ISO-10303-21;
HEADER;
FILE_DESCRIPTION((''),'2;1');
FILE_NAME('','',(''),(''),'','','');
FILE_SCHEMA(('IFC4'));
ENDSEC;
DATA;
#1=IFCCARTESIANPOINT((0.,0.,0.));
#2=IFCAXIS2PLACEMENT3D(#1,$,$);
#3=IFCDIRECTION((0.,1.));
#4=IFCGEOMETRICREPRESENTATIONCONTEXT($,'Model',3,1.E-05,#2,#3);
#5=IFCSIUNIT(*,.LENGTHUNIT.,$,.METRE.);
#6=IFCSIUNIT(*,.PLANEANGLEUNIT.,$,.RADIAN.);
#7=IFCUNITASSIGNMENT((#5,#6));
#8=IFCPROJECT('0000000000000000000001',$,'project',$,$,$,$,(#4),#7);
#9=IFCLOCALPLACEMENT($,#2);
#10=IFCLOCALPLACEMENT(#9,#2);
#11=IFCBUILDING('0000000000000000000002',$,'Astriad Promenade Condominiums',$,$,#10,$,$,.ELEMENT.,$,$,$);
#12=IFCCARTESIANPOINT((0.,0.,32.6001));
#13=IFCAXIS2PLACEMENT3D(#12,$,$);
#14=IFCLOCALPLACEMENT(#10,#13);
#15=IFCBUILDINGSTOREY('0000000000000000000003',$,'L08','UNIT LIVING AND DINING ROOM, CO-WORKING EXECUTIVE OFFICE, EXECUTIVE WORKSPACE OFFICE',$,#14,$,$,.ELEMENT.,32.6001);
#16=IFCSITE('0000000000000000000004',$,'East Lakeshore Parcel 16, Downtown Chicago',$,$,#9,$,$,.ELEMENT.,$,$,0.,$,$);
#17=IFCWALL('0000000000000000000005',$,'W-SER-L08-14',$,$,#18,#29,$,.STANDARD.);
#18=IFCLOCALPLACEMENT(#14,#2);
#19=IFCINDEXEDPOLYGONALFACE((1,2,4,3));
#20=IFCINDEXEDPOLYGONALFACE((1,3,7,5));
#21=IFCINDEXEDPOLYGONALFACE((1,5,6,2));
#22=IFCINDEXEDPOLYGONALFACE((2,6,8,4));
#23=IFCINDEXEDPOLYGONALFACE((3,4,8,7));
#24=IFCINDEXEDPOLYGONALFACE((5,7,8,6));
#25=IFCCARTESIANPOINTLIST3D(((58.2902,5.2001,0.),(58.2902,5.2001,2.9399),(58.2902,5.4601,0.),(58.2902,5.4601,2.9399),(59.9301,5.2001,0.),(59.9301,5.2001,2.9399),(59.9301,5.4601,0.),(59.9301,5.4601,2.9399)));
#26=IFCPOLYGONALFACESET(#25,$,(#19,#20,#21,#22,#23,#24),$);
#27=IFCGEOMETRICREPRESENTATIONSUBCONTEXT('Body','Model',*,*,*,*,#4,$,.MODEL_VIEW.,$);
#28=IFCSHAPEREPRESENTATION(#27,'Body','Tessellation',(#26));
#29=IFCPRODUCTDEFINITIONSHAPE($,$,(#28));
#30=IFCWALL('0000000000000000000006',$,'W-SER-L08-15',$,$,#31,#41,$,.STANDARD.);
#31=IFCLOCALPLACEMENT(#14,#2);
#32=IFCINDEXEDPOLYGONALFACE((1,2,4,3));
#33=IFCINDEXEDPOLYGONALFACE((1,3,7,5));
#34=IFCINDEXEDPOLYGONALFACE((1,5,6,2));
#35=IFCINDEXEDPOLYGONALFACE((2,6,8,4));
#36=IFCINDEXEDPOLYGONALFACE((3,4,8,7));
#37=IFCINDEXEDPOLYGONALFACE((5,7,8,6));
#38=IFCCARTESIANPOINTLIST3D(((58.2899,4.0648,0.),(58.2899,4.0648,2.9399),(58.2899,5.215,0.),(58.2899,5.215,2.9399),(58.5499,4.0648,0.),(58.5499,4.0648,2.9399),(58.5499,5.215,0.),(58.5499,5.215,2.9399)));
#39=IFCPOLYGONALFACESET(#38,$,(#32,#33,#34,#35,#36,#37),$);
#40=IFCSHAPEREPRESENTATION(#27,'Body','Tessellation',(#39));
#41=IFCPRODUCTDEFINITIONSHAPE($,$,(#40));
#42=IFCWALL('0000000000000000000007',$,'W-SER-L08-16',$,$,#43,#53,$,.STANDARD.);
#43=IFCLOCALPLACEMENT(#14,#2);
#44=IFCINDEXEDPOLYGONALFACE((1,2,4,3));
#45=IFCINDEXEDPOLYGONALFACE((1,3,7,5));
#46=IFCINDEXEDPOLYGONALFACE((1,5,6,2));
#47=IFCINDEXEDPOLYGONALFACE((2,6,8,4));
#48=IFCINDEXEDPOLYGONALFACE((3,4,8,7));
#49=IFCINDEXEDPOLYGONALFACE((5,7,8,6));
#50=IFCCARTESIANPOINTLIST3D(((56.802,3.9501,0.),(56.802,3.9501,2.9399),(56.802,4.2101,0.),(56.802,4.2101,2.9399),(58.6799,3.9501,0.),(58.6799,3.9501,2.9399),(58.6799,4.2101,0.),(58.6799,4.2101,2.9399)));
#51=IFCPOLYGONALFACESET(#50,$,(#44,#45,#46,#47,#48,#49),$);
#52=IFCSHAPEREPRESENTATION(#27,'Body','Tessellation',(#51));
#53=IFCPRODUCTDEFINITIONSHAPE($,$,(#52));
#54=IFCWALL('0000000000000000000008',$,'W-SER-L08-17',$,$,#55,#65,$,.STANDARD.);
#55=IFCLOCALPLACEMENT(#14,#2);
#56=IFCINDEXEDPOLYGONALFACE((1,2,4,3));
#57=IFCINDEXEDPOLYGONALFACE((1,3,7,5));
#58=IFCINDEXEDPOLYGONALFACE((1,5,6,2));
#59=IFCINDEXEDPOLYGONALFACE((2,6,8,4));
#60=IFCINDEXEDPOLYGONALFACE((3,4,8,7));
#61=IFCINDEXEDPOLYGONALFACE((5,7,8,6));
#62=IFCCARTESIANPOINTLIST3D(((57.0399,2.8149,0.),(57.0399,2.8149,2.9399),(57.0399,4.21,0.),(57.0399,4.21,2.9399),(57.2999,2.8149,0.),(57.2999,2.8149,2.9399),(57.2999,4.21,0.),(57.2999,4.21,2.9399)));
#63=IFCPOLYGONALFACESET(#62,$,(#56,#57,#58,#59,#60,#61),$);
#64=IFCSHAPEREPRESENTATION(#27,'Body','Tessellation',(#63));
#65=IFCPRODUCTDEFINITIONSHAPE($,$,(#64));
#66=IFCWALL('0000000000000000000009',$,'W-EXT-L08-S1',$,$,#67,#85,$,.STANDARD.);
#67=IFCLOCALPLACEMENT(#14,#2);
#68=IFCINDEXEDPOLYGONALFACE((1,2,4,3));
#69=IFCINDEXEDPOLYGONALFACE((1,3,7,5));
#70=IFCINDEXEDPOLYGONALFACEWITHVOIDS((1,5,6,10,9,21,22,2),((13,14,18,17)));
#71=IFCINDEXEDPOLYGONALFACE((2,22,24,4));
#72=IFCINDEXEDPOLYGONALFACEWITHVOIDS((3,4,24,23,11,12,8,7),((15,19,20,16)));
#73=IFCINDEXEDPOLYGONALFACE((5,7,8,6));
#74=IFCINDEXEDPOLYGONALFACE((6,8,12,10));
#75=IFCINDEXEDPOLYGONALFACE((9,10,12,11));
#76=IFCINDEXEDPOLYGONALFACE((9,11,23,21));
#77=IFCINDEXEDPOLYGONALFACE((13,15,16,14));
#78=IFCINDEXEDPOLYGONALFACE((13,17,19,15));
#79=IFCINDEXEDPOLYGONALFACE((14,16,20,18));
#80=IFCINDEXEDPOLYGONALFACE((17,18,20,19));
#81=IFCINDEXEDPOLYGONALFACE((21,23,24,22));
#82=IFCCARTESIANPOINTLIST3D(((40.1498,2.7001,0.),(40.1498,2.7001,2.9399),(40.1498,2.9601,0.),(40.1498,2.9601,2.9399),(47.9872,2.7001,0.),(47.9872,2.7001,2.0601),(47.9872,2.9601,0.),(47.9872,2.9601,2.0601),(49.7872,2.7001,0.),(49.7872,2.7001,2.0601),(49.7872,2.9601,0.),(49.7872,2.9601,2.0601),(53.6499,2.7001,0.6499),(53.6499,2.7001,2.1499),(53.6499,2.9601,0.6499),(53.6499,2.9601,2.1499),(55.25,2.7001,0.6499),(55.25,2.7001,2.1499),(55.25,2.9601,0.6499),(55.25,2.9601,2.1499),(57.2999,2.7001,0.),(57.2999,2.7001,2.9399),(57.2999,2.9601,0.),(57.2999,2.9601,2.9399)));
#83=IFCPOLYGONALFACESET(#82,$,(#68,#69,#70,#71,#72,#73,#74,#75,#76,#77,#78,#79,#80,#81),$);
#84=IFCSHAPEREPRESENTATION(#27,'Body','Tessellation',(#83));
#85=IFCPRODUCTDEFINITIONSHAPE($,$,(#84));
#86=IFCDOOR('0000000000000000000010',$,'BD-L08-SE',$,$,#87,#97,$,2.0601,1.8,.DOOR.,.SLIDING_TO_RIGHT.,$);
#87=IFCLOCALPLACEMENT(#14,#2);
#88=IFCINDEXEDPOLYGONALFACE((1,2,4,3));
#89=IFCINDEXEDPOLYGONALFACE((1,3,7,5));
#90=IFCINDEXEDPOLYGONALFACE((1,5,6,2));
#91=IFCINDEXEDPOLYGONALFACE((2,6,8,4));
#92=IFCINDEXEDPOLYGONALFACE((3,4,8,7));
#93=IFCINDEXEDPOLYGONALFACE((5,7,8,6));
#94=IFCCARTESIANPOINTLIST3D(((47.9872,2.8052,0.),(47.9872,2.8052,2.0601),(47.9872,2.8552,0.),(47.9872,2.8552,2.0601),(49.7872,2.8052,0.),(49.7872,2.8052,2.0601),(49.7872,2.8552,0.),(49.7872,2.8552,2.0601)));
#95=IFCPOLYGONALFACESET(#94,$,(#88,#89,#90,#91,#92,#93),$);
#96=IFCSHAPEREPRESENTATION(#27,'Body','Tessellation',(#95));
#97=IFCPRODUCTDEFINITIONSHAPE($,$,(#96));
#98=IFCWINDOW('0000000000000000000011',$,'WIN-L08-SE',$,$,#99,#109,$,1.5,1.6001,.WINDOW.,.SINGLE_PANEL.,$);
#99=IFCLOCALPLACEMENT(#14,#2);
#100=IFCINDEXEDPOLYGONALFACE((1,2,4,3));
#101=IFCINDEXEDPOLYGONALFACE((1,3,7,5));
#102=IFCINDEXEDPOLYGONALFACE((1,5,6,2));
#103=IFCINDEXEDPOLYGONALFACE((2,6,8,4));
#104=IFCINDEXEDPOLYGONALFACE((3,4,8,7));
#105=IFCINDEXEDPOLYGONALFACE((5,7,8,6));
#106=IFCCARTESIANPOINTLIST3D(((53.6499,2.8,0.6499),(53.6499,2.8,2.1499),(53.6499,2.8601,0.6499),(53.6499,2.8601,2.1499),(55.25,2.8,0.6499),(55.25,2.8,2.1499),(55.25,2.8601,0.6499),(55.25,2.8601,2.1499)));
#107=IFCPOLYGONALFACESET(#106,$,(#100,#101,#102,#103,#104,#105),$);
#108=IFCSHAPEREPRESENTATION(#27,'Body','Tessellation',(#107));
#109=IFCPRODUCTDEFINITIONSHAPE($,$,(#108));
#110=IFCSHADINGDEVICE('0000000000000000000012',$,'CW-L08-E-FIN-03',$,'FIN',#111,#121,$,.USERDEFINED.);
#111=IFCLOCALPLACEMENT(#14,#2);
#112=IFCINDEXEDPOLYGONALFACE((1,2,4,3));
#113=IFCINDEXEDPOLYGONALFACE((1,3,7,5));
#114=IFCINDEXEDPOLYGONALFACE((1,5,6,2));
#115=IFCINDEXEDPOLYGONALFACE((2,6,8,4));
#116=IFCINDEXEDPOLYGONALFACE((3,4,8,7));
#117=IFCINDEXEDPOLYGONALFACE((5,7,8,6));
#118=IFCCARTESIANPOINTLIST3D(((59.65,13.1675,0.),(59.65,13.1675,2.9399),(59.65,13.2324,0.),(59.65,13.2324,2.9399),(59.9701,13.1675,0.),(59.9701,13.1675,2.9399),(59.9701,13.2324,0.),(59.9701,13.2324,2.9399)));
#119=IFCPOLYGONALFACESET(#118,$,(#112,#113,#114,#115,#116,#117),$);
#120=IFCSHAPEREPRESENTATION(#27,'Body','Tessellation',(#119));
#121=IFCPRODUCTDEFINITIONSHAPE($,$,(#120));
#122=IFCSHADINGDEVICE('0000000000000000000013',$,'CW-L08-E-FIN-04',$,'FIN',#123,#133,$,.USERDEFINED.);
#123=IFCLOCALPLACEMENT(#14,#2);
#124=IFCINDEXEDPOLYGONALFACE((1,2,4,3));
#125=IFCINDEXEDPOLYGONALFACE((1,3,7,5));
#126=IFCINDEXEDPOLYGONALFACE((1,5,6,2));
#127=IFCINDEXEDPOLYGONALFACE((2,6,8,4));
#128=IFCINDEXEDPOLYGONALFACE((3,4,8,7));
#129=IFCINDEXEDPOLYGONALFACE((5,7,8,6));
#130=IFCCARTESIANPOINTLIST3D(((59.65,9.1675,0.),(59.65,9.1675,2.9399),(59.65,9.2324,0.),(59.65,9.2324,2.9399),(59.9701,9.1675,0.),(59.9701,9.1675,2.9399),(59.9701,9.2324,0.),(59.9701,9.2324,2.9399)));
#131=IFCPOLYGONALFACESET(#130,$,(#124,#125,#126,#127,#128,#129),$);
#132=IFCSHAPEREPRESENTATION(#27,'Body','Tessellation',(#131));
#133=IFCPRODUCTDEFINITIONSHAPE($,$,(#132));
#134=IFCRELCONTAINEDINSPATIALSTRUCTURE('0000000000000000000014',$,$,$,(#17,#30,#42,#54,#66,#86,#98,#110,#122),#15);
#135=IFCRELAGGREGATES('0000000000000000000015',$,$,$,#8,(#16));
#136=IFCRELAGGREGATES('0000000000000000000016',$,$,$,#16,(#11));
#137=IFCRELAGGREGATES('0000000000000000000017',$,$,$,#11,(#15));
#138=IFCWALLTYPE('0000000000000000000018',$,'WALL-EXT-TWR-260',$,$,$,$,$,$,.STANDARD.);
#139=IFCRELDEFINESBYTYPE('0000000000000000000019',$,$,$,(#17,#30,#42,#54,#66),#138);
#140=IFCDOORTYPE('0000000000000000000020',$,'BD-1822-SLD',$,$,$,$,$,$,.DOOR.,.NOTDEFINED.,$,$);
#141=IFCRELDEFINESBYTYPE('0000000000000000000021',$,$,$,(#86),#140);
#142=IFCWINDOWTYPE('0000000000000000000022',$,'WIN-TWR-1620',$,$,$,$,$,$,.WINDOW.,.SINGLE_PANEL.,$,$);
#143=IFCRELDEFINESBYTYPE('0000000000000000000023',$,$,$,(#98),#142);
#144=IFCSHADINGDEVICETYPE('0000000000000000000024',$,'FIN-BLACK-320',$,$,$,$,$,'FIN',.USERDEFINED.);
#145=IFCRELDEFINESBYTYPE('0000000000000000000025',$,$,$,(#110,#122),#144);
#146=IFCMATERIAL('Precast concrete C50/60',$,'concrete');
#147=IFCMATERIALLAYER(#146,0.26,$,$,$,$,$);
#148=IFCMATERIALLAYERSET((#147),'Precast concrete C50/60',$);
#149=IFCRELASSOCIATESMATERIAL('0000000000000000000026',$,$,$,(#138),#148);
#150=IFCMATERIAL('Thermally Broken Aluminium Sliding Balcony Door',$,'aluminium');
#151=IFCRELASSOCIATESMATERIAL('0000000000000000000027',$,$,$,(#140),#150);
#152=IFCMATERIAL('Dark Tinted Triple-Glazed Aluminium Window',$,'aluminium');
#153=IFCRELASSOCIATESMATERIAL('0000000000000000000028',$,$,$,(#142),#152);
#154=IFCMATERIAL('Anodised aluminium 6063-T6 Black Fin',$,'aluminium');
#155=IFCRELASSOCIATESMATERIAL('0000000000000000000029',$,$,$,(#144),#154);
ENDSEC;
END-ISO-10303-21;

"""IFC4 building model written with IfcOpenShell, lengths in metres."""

from ifc_helpers import new_model, si_unit, direction, frame, frame_2d, origin, origin_2d, place, context, subcontext, project, spatial, rectangle, extrude, source, transform, mapped, material, layer, layer_set, type_object, type_shapes, element, fill, save


model = new_model("IFC4")

# Units and contexts
model_context = context("Model", 3, precision=1e-05, world=origin(), true_north=direction((0.0, 1.0)))
body_context = subcontext(model_context, "Body", "Model", "MODEL_VIEW")
ifc_project = project(units=[si_unit("LENGTHUNIT", "METRE"), si_unit("PLANEANGLEUNIT", "RADIAN")], contexts=[model_context])

# Site, building, storey
site_placement = place(None, origin())
site = spatial("IfcSite", under=ifc_project, at=site_placement, Name="East Lakeshore Parcel 16, Downtown Chicago", CompositionType="ELEMENT", RefElevation=0.0)
building_placement = place(site_placement, origin())
building = spatial("IfcBuilding", under=site, at=building_placement, Name="Astriad Promenade Condominiums", CompositionType="ELEMENT")
storey_placement = place(building_placement, frame((0.0, 0.0, 32.6001)))
storey = spatial("IfcBuildingStorey", under=building, at=storey_placement, Name="L08", Description="UNIT LIVING AND DINING ROOM, CO-WORKING EXECUTIVE OFFICE, EXECUTIVE WORKSPACE OFFICE", CompositionType="ELEMENT", Elevation=32.6001)

# Walls
ifc_material_1 = material(Name="Precast concrete C50/60", Category="concrete")
ifc_layer_1 = layer(ifc_material_1, 0.26)
ifc_layer_set_1 = layer_set([ifc_layer_1], Name="Precast concrete C50/60")
wall_type = type_object("IfcWallType", Name="WALL-EXT-TWR-260", PredefinedType="STANDARD", material=ifc_layer_set_1)
wall_1_placement = place(storey_placement, frame((59.9299, 5.3301, 0.0), z_axis=(0.0, 0.0, 1.0), x_axis=(-1.0, 0.0, 0.0)))
element("IfcWall", 1, at=wall_1_placement, inside=storey, type_object=wall_type, Name="W-SER-L08-14", PredefinedType="STANDARD", context=body_context, shape_type="SweptSolid", body=[
    extrude(rectangle(XDim=1.6399, YDim=0.26, at=frame_2d((0.8198, 0.0))), origin(), (0.0, 0.0, 1.0), 2.9399),
])
wall_2_placement = place(storey_placement, frame((58.4199, 5.2151, 0.0), z_axis=(0.0, 0.0, 1.0), x_axis=(0.0, -1.0, 0.0)))
element("IfcWall", 2, at=wall_2_placement, inside=storey, type_object=wall_type, Name="W-SER-L08-15", PredefinedType="STANDARD", context=body_context, shape_type="SweptSolid", body=[
    extrude(rectangle(XDim=1.1501, YDim=0.26, at=frame_2d((0.5752, 0.0))), origin(), (0.0, 0.0, 1.0), 2.9399),
])
wall_3_placement = place(storey_placement, frame((58.6799, 4.0801, 0.0), z_axis=(0.0, 0.0, 1.0), x_axis=(-1.0, 0.0, 0.0)))
element("IfcWall", 3, at=wall_3_placement, inside=storey, type_object=wall_type, Name="W-SER-L08-16", PredefinedType="STANDARD", context=body_context, shape_type="SweptSolid", body=[
    extrude(rectangle(XDim=1.8779, YDim=0.26, at=frame_2d((0.939, 0.0))), origin(), (0.0, 0.0, 1.0), 2.9399),
])
wall_4_placement = place(storey_placement, frame((57.1699, 4.21, 0.0), z_axis=(0.0, 0.0, 1.0), x_axis=(0.0, -1.0, 0.0)))
element("IfcWall", 4, at=wall_4_placement, inside=storey, type_object=wall_type, Name="W-SER-L08-17", PredefinedType="STANDARD", context=body_context, shape_type="SweptSolid", body=[
    extrude(rectangle(XDim=1.395, YDim=0.26, at=frame_2d((0.6975, 0.0))), origin(), (0.0, 0.0, 1.0), 2.9399),
])

# Wall, openings, door, window
wall_5_placement = place(storey_placement, frame((57.3, 2.8301, 0.0), z_axis=(0.0, 0.0, 1.0), x_axis=(-1.0, 0.0, 0.0)))
wall_5 = element("IfcWall", 5, at=wall_5_placement, inside=storey, type_object=wall_type, Name="W-EXT-L08-S1", PredefinedType="STANDARD", context=body_context, shape_type="SweptSolid", body=[
    extrude(rectangle(XDim=17.1501, YDim=0.26, at=frame_2d((8.5752, 0.0))), origin(), (0.0, 0.0, 1.0), 2.9399),
])
opening_1_placement = place(wall_5_placement, frame((7.5129, 0.0, 0.0)))
opening_1 = element("IfcOpeningElement", 6, at=opening_1_placement, cuts=wall_5, PredefinedType="OPENING", context=body_context, shape_type="SweptSolid", body=[
    extrude(rectangle(XDim=1.8, YDim=2.0601, at=frame_2d((0.8999, 1.03))), frame((0.0, 0.1399, 0.0), z_axis=(0.0, -1.0, 0.0), x_axis=(1.0, 0.0, 0.0)), (0.0, 0.0, 1.0), 0.28),
])
opening_2_placement = place(wall_5_placement, frame((2.05, 0.0, 0.6499)))
opening_2 = element("IfcOpeningElement", 7, at=opening_2_placement, cuts=wall_5, PredefinedType="OPENING", context=body_context, shape_type="SweptSolid", body=[
    extrude(rectangle(XDim=1.6001, YDim=1.5, at=frame_2d((0.8, 0.75))), frame((0.0, 0.1399, 0.0), z_axis=(0.0, -1.0, 0.0), x_axis=(1.0, 0.0, 0.0)), (0.0, 0.0, 1.0), 0.28),
])
ifc_material_2 = material(Name="Thermally Broken Aluminium Sliding Balcony Door", Category="aluminium")
door_type = type_object("IfcDoorType", Name="BD-1822-SLD", OperationType="NOTDEFINED", PredefinedType="DOOR", material=ifc_material_2)
shared_shape_1 = source(origin(), body_context, "Body", "SweptSolid", [
    extrude(rectangle(XDim=1.8, YDim=2.0601, at=frame_2d((0.8999, 1.03))), frame((0.0, 0.0249, 0.0), z_axis=(0.0, -1.0, 0.0), x_axis=(1.0, 0.0, 0.0)), (0.0, 0.0, 1.0), 0.05),
])
type_shapes(door_type, [shared_shape_1])
door_placement = place(opening_1_placement, origin())
door = element("IfcDoor", 8, at=door_placement, inside=storey, type_object=door_type, Name="BD-L08-SE", OperationType="SLIDING_TO_RIGHT", OverallHeight=2.0601, OverallWidth=1.8, PredefinedType="DOOR", context=body_context, shape_type="MappedRepresentation", body=[
    mapped(shared_shape_1, transform((0.0, 0.0, 0.0), scale=1.0)),
])
fill(opening_1, door)
ifc_material_3 = material(Name="Dark Tinted Triple-Glazed Aluminium Window", Category="aluminium")
window_type = type_object("IfcWindowType", Name="WIN-TWR-1620", PartitioningType="SINGLE_PANEL", PredefinedType="WINDOW", material=ifc_material_3)
shared_shape_2 = source(origin(), body_context, "Body", "SweptSolid", [
    extrude(rectangle(XDim=1.6001, YDim=1.5, at=frame_2d((0.8, 0.75))), frame((0.0, 0.03, 0.0), z_axis=(0.0, -1.0, 0.0), x_axis=(1.0, 0.0, 0.0)), (0.0, 0.0, 1.0), 0.0601),
])
type_shapes(window_type, [shared_shape_2])
window_placement = place(opening_2_placement, origin())
window = element("IfcWindow", 9, at=window_placement, inside=storey, type_object=window_type, Name="WIN-L08-SE", OverallHeight=1.5, OverallWidth=1.6001, PartitioningType="SINGLE_PANEL", PredefinedType="WINDOW", context=body_context, shape_type="MappedRepresentation", body=[
    mapped(shared_shape_2, transform((0.0, 0.0, 0.0), scale=1.0)),
])
fill(opening_2, window)

# Shading devices
ifc_material_4 = material(Name="Anodised aluminium 6063-T6 Black Fin", Category="aluminium")
shading_device_type = type_object("IfcShadingDeviceType", Name="FIN-BLACK-320", ElementType="FIN", PredefinedType="USERDEFINED", material=ifc_material_4)
shared_shape_3 = source(origin(), body_context, "Body", "SweptSolid", [
    extrude(rectangle(XDim=0.0649, YDim=0.3201, at=origin_2d()), origin(), (0.0, 0.0, 1.0), 2.9399),
])
type_shapes(shading_device_type, [shared_shape_3])
for number, where, z_axis, x_axis, name in (
    (10, (59.8101, 13.2, 0.0), (0.0, 0.0, 1.0), (0.0, -1.0, 0.0), "CW-L08-E-FIN-03"),
    (11, (59.8101, 9.2, 0.0), (0.0, 0.0, 1.0), (0.0, -1.0, 0.0), "CW-L08-E-FIN-04"),
):
    element("IfcShadingDevice", number, at=place(storey_placement, frame(where, z_axis=z_axis, x_axis=x_axis)), inside=storey, type_object=shading_device_type, Name=name, ObjectType="FIN", PredefinedType="USERDEFINED", context=body_context, shape_type="MappedRepresentation", body=[
        mapped(shared_shape_3, transform((0.0, 0.0, 0.0), scale=1.0)),
    ])

save(model, "model.ifc")
